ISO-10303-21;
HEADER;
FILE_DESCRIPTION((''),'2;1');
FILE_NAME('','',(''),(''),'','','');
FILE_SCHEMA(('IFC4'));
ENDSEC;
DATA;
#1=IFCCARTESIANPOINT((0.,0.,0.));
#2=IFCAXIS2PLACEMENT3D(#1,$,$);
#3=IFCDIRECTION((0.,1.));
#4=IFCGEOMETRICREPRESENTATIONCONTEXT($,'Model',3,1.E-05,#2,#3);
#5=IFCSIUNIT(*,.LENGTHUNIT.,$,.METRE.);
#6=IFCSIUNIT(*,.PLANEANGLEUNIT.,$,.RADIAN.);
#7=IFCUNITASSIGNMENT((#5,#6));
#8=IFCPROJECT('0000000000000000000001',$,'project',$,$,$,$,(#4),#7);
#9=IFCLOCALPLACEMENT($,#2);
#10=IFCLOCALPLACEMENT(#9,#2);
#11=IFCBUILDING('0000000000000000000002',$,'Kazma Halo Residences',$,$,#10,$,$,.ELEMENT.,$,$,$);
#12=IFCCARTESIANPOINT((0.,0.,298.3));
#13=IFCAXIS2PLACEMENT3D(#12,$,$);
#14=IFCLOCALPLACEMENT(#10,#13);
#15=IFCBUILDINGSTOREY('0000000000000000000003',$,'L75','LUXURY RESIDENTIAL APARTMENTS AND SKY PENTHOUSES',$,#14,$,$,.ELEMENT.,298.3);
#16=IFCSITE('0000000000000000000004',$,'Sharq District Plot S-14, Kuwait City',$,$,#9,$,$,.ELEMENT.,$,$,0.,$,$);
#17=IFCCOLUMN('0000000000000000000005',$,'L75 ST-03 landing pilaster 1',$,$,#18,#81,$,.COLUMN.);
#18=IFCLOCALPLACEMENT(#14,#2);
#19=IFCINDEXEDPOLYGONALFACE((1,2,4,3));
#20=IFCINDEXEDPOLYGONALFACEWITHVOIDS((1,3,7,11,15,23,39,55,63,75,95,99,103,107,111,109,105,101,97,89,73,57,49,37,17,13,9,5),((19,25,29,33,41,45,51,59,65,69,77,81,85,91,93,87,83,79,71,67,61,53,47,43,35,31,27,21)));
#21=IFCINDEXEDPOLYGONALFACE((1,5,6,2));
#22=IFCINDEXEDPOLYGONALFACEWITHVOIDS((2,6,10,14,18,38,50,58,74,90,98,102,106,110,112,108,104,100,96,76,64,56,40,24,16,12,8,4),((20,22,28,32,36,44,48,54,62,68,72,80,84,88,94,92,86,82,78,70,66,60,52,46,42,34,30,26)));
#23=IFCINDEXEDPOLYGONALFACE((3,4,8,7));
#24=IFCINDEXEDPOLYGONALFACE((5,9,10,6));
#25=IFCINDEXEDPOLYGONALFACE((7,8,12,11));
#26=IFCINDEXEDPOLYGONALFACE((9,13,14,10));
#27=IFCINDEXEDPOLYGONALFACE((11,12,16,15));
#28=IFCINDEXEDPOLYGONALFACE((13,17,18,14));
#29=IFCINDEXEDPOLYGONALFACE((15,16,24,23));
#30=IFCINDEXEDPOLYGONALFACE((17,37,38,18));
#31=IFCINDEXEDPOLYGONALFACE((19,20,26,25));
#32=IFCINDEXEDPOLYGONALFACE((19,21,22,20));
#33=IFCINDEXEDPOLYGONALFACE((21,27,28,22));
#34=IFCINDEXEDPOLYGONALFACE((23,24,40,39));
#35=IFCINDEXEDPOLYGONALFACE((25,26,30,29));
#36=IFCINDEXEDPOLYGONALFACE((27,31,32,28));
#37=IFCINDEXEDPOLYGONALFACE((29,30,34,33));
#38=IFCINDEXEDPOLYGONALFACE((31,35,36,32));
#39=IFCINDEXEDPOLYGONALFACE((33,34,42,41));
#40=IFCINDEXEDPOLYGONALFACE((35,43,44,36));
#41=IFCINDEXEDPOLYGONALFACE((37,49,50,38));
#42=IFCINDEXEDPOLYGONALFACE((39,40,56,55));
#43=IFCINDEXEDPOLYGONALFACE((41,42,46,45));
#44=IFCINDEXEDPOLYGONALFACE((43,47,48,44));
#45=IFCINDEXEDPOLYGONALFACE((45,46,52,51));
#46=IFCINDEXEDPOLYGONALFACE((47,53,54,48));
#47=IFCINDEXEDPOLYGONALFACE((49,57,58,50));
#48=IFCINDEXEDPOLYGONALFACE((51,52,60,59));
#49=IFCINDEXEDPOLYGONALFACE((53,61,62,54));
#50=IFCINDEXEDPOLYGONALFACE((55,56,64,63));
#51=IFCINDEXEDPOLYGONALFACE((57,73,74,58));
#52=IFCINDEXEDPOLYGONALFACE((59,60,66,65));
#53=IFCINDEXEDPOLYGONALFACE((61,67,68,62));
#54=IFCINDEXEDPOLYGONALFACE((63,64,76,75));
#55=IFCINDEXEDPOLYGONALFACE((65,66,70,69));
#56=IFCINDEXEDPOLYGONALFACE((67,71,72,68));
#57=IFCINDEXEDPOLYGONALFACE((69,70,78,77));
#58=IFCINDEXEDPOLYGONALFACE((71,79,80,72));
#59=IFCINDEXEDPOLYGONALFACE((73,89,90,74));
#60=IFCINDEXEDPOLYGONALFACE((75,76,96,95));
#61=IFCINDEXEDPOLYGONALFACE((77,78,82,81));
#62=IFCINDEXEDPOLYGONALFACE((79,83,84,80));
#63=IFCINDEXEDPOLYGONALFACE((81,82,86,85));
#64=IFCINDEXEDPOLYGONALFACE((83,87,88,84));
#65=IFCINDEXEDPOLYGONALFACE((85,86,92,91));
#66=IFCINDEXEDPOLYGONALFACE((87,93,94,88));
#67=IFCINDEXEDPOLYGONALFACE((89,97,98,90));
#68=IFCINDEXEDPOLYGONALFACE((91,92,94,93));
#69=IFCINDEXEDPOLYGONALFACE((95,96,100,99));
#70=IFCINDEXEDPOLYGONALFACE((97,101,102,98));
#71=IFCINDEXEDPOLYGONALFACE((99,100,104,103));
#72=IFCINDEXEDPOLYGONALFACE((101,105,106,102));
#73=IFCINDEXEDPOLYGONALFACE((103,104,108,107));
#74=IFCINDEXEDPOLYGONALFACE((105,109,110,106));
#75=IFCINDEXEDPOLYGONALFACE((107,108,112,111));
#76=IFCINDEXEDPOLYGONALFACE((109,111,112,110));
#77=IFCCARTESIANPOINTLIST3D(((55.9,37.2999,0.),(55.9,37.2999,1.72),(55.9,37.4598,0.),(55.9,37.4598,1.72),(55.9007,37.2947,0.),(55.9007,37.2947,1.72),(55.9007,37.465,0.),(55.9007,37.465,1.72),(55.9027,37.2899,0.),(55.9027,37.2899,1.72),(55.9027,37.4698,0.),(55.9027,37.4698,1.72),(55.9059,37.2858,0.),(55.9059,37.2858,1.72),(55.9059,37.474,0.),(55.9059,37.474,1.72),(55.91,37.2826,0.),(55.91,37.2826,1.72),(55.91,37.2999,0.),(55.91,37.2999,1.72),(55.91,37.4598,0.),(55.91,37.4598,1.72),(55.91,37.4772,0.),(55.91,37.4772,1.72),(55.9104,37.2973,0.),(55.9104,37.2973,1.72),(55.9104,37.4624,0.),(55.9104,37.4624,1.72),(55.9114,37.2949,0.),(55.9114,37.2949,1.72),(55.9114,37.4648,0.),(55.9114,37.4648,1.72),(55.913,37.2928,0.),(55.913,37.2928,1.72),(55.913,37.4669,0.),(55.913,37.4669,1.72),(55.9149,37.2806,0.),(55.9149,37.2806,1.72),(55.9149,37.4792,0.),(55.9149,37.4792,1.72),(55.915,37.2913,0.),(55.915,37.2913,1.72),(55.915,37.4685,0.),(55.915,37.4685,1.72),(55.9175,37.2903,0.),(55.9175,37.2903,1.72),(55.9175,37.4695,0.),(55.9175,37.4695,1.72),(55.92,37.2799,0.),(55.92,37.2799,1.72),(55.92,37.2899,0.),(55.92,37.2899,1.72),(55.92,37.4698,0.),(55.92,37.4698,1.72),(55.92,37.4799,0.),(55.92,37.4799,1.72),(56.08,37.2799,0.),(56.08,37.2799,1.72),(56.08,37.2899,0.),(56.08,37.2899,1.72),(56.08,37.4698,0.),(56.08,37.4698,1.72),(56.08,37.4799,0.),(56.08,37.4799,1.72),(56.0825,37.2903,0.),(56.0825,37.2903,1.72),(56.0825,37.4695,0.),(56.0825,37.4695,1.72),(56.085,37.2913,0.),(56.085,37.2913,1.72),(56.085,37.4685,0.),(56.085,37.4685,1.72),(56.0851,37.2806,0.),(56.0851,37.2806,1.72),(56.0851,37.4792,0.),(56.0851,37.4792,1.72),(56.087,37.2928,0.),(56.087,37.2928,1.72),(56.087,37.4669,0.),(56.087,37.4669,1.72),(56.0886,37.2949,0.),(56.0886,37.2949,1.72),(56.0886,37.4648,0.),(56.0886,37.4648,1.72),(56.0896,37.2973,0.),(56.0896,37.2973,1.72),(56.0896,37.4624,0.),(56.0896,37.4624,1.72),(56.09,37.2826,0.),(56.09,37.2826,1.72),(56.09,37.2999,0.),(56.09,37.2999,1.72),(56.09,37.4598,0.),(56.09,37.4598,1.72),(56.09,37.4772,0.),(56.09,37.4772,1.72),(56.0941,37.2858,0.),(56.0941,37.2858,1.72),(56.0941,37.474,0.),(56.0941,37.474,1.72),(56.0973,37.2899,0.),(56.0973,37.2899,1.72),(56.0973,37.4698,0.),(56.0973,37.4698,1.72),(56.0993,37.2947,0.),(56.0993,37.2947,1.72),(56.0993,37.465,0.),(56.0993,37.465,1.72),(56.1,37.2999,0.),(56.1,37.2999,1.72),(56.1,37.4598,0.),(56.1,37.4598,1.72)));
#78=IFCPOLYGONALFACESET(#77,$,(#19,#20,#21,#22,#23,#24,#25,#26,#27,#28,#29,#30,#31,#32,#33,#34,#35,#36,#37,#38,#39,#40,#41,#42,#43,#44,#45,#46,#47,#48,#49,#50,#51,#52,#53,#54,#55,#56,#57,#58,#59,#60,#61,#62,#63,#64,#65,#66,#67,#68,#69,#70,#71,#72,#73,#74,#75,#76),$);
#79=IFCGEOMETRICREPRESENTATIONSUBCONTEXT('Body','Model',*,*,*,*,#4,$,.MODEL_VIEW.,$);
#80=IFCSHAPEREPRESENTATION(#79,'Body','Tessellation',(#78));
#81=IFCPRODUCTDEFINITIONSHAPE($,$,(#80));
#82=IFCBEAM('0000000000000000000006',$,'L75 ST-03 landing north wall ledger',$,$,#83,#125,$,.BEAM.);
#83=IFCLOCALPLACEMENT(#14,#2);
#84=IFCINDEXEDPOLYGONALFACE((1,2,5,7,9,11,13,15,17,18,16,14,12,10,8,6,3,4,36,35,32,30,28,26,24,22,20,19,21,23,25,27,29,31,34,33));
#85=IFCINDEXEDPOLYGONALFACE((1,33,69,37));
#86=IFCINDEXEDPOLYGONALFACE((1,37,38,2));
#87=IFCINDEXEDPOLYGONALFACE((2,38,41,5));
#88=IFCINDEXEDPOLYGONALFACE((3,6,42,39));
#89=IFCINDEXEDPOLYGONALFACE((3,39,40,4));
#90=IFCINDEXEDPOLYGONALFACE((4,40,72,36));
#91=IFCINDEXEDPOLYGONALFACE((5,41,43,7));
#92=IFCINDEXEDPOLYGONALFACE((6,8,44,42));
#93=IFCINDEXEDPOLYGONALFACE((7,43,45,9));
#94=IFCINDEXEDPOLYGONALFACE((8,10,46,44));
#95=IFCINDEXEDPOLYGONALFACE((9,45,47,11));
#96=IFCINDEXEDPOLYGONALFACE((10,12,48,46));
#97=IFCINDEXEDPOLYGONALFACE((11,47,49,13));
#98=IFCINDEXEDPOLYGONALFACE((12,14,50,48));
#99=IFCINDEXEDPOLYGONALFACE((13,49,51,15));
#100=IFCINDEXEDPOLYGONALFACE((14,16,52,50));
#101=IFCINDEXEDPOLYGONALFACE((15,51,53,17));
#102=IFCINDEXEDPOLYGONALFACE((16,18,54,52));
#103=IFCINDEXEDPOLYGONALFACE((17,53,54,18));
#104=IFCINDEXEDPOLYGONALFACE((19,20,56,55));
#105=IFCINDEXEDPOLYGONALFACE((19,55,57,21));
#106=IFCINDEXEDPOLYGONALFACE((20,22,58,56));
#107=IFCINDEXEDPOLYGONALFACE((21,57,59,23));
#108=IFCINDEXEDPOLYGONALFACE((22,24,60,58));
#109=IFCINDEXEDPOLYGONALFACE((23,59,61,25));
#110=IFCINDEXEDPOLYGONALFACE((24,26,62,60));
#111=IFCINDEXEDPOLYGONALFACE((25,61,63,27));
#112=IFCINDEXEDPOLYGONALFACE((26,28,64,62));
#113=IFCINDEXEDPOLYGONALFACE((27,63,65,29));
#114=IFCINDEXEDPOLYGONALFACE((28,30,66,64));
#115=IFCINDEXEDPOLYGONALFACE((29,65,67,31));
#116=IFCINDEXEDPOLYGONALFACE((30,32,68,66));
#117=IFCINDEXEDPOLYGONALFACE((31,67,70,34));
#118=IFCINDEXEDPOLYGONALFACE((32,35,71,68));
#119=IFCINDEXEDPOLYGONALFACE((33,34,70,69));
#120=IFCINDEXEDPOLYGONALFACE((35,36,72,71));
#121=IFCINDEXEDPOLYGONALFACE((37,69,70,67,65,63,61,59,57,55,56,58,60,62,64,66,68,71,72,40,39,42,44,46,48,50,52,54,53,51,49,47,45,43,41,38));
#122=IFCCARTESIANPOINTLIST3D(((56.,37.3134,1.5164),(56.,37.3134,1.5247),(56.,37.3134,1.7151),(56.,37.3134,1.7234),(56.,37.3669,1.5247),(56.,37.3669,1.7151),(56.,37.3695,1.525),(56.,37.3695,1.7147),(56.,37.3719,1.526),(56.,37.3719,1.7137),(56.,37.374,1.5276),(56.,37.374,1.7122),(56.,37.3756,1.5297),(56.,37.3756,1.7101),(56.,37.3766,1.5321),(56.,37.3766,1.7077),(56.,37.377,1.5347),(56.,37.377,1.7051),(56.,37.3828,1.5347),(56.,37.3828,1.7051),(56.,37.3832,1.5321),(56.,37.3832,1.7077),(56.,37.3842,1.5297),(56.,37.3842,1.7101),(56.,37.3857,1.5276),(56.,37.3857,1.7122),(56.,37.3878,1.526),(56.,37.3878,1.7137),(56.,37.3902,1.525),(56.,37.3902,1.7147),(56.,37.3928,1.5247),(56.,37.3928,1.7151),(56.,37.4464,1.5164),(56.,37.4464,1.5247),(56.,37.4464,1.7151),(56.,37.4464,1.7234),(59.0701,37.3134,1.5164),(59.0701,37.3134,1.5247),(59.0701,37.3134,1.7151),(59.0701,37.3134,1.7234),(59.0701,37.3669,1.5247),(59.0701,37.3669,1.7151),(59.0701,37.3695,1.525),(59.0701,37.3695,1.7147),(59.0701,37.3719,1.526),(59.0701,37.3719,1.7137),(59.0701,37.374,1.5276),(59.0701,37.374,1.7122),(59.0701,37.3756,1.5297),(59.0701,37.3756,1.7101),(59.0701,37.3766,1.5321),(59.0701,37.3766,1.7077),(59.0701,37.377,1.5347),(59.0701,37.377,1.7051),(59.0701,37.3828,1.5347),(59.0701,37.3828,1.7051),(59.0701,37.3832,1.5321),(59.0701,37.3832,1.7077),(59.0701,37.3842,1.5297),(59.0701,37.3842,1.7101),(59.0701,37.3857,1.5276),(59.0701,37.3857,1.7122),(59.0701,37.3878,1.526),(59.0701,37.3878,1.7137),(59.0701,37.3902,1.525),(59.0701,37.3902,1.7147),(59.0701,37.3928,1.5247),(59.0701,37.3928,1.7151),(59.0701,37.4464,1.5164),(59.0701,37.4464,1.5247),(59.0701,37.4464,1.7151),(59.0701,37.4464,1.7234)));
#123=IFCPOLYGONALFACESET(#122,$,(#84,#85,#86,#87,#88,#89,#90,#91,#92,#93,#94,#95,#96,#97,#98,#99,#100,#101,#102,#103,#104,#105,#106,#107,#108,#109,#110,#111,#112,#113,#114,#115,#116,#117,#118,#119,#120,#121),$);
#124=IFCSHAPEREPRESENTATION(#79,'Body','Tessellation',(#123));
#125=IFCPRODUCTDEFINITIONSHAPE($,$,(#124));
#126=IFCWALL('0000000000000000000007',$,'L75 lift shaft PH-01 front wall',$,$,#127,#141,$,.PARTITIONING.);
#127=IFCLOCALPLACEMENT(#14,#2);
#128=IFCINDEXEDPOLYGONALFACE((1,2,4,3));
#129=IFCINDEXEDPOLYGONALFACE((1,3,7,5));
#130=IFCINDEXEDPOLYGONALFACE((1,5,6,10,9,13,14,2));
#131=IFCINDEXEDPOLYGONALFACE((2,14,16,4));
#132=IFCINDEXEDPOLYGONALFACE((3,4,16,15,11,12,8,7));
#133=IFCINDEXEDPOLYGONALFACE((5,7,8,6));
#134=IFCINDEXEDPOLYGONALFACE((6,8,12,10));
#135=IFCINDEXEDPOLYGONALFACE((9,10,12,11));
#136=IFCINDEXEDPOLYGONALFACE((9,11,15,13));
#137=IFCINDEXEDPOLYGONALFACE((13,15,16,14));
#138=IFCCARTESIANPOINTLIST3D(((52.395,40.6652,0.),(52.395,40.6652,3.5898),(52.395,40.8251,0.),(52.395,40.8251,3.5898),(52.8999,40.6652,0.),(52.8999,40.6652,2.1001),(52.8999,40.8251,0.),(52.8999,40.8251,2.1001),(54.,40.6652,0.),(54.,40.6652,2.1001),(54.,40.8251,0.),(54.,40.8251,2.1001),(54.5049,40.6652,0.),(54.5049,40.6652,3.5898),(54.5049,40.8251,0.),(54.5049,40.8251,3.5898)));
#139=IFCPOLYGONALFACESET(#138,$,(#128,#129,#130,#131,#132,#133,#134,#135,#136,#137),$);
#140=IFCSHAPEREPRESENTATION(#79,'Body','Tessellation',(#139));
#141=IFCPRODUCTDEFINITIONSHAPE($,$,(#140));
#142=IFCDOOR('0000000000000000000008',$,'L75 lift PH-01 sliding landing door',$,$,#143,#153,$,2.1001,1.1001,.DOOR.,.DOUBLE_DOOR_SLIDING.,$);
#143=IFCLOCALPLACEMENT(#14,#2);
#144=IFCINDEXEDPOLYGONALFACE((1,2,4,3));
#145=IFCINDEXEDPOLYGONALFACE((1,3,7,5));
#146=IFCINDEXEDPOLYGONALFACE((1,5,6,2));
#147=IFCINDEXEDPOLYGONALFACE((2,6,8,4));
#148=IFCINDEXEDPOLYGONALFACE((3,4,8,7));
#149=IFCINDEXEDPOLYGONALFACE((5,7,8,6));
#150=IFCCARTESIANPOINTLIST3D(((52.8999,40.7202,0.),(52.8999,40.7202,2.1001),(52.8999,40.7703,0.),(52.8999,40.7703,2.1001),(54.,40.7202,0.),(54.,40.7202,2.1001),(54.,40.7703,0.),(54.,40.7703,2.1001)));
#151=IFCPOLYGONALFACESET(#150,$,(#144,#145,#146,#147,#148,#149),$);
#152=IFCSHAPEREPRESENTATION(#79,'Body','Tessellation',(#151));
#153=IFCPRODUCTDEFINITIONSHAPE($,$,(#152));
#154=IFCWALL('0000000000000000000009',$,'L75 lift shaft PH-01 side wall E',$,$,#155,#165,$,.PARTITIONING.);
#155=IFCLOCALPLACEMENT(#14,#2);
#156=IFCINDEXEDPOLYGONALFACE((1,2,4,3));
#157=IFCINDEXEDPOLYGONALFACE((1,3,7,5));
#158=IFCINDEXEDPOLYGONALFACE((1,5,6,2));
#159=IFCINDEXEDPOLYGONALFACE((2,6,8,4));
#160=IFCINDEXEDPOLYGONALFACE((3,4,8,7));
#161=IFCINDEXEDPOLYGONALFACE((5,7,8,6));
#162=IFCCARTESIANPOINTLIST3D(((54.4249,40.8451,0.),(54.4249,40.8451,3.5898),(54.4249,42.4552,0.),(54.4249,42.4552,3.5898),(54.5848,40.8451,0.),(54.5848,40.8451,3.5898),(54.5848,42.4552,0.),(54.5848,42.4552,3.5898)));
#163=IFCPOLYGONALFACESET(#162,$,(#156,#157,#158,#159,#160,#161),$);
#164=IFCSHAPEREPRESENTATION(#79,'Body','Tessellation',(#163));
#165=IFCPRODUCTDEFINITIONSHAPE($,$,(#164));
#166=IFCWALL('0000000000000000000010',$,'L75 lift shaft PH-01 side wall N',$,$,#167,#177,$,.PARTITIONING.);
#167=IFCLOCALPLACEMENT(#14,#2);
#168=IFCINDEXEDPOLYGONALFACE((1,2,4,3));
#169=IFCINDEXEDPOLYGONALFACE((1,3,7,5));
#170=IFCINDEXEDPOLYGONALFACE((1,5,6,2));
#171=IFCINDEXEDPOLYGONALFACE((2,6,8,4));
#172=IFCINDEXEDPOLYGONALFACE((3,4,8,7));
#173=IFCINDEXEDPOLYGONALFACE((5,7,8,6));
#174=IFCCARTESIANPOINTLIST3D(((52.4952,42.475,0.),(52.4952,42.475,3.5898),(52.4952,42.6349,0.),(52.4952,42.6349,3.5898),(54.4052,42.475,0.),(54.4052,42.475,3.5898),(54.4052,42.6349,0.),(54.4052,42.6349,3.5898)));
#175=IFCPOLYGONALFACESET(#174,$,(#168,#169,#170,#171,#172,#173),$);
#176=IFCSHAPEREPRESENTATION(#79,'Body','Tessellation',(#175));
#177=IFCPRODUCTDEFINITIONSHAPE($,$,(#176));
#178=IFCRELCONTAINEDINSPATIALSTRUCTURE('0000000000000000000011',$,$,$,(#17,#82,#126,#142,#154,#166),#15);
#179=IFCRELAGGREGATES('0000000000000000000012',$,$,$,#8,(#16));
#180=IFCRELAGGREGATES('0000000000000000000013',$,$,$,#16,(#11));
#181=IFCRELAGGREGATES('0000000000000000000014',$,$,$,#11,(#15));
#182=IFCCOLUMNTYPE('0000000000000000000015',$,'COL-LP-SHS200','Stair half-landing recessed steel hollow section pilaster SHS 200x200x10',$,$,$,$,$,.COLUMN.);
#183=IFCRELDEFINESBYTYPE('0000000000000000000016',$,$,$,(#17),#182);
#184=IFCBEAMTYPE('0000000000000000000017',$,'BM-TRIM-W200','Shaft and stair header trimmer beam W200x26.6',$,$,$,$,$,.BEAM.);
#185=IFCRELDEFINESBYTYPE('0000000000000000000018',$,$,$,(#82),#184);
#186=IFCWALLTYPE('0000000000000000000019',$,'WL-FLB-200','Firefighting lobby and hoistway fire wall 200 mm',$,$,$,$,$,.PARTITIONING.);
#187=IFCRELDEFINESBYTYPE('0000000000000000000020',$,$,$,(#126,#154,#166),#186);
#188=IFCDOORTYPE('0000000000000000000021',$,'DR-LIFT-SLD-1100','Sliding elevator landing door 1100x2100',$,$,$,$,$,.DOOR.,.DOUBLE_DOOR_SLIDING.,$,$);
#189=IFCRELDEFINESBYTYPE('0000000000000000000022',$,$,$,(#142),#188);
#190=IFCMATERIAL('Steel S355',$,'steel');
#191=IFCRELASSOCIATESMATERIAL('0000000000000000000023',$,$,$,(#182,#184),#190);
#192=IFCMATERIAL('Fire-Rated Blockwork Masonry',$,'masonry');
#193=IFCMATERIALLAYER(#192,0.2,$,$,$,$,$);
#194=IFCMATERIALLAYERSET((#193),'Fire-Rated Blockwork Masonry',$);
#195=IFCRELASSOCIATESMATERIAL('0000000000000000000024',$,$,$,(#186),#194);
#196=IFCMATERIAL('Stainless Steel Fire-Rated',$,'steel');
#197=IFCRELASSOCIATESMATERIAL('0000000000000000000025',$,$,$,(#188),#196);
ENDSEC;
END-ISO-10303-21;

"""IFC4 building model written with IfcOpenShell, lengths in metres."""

from ifc_helpers import new_model, si_unit, direction, frame, frame_2d, origin, origin_2d, place, context, subcontext, project, spatial, rectangle, hollow_rectangle, i_section, extrude, material, layer, layer_set, material_profile, profile_set, type_object, element, fill, save


model = new_model("IFC4")

# Units and contexts
model_context = context("Model", 3, precision=1e-05, world=origin(), true_north=direction((0.0, 1.0)))
body_context = subcontext(model_context, "Body", "Model", "MODEL_VIEW")
ifc_project = project(units=[si_unit("LENGTHUNIT", "METRE"), si_unit("PLANEANGLEUNIT", "RADIAN")], contexts=[model_context])

# Site, building, storey
site_placement = place(None, origin())
site = spatial("IfcSite", under=ifc_project, at=site_placement, Name="Sharq District Plot S-14, Kuwait City", CompositionType="ELEMENT", RefElevation=0.0)
building_placement = place(site_placement, origin())
building = spatial("IfcBuilding", under=site, at=building_placement, Name="Kazma Halo Residences", CompositionType="ELEMENT")
storey_placement = place(building_placement, frame((0.0, 0.0, 298.3)))
storey = spatial("IfcBuildingStorey", under=building, at=storey_placement, Name="L75", Description="LUXURY RESIDENTIAL APARTMENTS AND SKY PENTHOUSES", CompositionType="ELEMENT", Elevation=298.3)

# Column
ifc_material_1 = material(Name="Steel S355", Category="steel")
ifc_material_profile_1 = material_profile(ifc_material_1, hollow_rectangle(XDim=0.2, YDim=0.2, WallThickness=0.01, InnerFilletRadius=0.01, OuterFilletRadius=0.02, at=origin_2d()), Name="SHS200x200x10")
ifc_profile_set_1 = profile_set([ifc_material_profile_1], Name="Steel S355")
column_type = type_object("IfcColumnType", Name="COL-LP-SHS200", Description="Stair half-landing recessed steel hollow section pilaster SHS 200x200x10", PredefinedType="COLUMN", material=ifc_profile_set_1)
column_placement = place(storey_placement, frame((56.0, 37.3799, 0.0), z_axis=(0.0, 0.0, 1.0), x_axis=(1.0, 0.0, 0.0)))
element("IfcColumn", 1, at=column_placement, inside=storey, type_object=column_type, Name="L75 ST-03 landing pilaster 1", PredefinedType="COLUMN", context=body_context, shape_type="SweptSolid", body=[
    extrude(hollow_rectangle(XDim=0.2, YDim=0.2, WallThickness=0.01, InnerFilletRadius=0.01, OuterFilletRadius=0.02, at=origin_2d()), origin(), (0.0, 0.0, 1.0), 1.72),
])

# Beam
ifc_material_profile_2 = material_profile(ifc_material_1, i_section(OverallWidth=0.1331, OverallDepth=0.207, WebThickness=0.0059, FlangeThickness=0.0083, FilletRadius=0.01, at=origin_2d()), Name="W200x26.6")
ifc_profile_set_2 = profile_set([ifc_material_profile_2], Name="Steel S355")
beam_type = type_object("IfcBeamType", Name="BM-TRIM-W200", Description="Shaft and stair header trimmer beam W200x26.6", PredefinedType="BEAM", material=ifc_profile_set_2)
beam_placement = place(storey_placement, frame((56.0, 37.3799, 1.6199), z_axis=(1.0, 0.0, 0.0), x_axis=(0.0, 1.0, 0.0)))
element("IfcBeam", 2, at=beam_placement, inside=storey, type_object=beam_type, Name="L75 ST-03 landing north wall ledger", PredefinedType="BEAM", context=body_context, shape_type="SweptSolid", body=[
    extrude(i_section(OverallWidth=0.1331, OverallDepth=0.207, WebThickness=0.0059, FlangeThickness=0.0083, FilletRadius=0.01, at=origin_2d()), origin(), (0.0, 0.0, 1.0), 3.0701),
])

# Wall, opening, door
ifc_material_2 = material(Name="Fire-Rated Blockwork Masonry", Category="masonry")
ifc_layer_1 = layer(ifc_material_2, 0.2)
ifc_layer_set_1 = layer_set([ifc_layer_1], Name="Fire-Rated Blockwork Masonry")
wall_type_1 = type_object("IfcWallType", Name="WL-FLB-200", Description="Firefighting lobby and hoistway fire wall 200 mm", PredefinedType="PARTITIONING", material=ifc_layer_set_1)
wall_1_placement = place(storey_placement, frame((54.5049, 40.7451, 0.0), z_axis=(0.0, 0.0, 1.0), x_axis=(-1.0, 0.0, 0.0)))
wall_1 = element("IfcWall", 3, at=wall_1_placement, inside=storey, type_object=wall_type_1, Name="L75 lift shaft PH-01 front wall", PredefinedType="PARTITIONING", context=body_context, shape_type="SweptSolid", body=[
    extrude(rectangle(XDim=2.1099, YDim=0.1599, at=frame_2d((1.0549, 0.0))), origin(), (0.0, 0.0, 1.0), 3.5898),
])
opening_1_placement = place(wall_1_placement, frame((0.5049, 0.0, 0.0)))
opening_1 = element("IfcOpeningElement", 4, at=opening_1_placement, cuts=wall_1, PredefinedType="OPENING", context=body_context, shape_type="SweptSolid", body=[
    extrude(rectangle(XDim=1.1001, YDim=2.1001, at=frame_2d((0.55, 1.05))), frame((0.0, 0.0898, 0.0), z_axis=(0.0, -1.0, 0.0), x_axis=(1.0, 0.0, 0.0)), (0.0, 0.0, 1.0), 0.1799),
])
ifc_material_3 = material(Name="Stainless Steel Fire-Rated", Category="steel")
door_type_1 = type_object("IfcDoorType", Name="DR-LIFT-SLD-1100", Description="Sliding elevator landing door 1100x2100", OperationType="DOUBLE_DOOR_SLIDING", PredefinedType="DOOR", material=ifc_material_3)
door_1_placement = place(opening_1_placement, origin())
door_1 = element("IfcDoor", 5, at=door_1_placement, inside=storey, type_object=door_type_1, Name="L75 lift PH-01 sliding landing door", OperationType="DOUBLE_DOOR_SLIDING", OverallHeight=2.1001, OverallWidth=1.1001, PredefinedType="DOOR", context=body_context, shape_type="SweptSolid", body=[
    extrude(rectangle(XDim=1.1001, YDim=2.1001, at=frame_2d((0.55, 1.05))), frame((0.0, 0.0249, 0.0), z_axis=(0.0, -1.0, 0.0), x_axis=(1.0, 0.0, 0.0)), (0.0, 0.0, 1.0), 0.05),
])
fill(opening_1, door_1)

# Walls
wall_2_placement = place(storey_placement, frame((54.5049, 40.845, 0.0), z_axis=(0.0, 0.0, 1.0), x_axis=(0.0, 1.0, 0.0)))
element("IfcWall", 6, at=wall_2_placement, inside=storey, type_object=wall_type_1, Name="L75 lift shaft PH-01 side wall E", PredefinedType="PARTITIONING", context=body_context, shape_type="SweptSolid", body=[
    extrude(rectangle(XDim=1.6101, YDim=0.1599, at=frame_2d((0.8052, 0.0))), origin(), (0.0, 0.0, 1.0), 3.5898),
])
wall_3_placement = place(storey_placement, frame((52.4951, 42.5549, 0.0), z_axis=(0.0, 0.0, 1.0), x_axis=(1.0, 0.0, 0.0)))
element("IfcWall", 7, at=wall_3_placement, inside=storey, type_object=wall_type_1, Name="L75 lift shaft PH-01 side wall N", PredefinedType="PARTITIONING", context=body_context, shape_type="SweptSolid", body=[
    extrude(rectangle(XDim=1.9099, YDim=0.1599, at=frame_2d((0.9551, 0.0))), origin(), (0.0, 0.0, 1.0), 3.5898),
])

save(model, "model.ifc")
